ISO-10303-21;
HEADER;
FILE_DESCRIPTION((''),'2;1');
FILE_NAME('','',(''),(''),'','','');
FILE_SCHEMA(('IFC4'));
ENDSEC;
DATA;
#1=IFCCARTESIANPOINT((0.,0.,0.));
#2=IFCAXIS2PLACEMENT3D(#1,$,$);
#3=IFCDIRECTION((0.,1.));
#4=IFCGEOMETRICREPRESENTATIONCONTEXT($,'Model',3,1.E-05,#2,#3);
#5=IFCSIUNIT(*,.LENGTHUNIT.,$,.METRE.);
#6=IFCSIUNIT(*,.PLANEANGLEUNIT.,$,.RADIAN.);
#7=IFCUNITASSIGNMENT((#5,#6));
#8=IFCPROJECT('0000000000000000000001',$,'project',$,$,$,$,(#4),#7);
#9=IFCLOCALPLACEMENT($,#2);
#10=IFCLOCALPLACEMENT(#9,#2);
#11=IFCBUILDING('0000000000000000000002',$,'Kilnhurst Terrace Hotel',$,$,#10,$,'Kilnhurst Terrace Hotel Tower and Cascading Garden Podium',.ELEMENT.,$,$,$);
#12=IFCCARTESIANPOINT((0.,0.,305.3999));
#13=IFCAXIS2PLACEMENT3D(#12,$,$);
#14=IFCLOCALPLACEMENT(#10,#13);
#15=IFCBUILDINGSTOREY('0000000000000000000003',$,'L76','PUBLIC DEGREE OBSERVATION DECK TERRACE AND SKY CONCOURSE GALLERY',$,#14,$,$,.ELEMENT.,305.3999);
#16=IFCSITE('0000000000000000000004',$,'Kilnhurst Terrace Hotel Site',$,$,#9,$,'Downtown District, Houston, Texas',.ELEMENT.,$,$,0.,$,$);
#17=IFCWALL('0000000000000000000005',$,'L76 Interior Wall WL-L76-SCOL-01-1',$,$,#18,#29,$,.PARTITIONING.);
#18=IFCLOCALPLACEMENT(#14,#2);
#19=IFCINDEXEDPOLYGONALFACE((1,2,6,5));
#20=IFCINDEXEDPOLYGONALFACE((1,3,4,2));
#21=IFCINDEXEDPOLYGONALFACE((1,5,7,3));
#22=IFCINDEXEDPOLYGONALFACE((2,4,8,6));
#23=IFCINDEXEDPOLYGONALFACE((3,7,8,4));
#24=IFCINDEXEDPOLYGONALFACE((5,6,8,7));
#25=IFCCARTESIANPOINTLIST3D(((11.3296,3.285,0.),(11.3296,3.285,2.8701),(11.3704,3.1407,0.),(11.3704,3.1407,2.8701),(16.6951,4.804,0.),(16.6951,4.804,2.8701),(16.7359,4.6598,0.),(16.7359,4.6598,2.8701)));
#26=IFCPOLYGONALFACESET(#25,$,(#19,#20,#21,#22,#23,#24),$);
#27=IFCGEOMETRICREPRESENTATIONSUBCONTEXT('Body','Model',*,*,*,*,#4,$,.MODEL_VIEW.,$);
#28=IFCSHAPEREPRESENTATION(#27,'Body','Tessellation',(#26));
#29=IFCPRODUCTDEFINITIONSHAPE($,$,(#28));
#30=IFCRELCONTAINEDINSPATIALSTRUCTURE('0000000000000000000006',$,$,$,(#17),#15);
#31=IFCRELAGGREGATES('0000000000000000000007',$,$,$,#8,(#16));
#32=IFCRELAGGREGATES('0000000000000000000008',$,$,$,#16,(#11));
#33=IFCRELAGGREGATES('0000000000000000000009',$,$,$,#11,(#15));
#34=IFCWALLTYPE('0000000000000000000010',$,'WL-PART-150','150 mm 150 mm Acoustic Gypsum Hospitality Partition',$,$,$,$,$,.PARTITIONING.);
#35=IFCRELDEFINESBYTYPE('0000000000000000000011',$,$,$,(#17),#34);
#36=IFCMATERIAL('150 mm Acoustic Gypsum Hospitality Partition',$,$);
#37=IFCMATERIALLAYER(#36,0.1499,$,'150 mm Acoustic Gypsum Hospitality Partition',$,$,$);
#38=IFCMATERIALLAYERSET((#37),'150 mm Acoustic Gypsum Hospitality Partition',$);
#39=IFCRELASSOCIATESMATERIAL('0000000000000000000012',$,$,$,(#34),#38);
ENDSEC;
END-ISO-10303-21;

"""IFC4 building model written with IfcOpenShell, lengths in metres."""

from ifc_helpers import new_model, si_unit, direction, frame, frame_2d, origin, place, context, subcontext, project, spatial, rectangle, extrude, material, layer, layer_set, type_object, element, save


model = new_model("IFC4")

# Units and contexts
model_context = context("Model", 3, precision=1e-05, world=origin(), true_north=direction((0.0, 1.0)))
body_context = subcontext(model_context, "Body", "Model", "MODEL_VIEW")
ifc_project = project(units=[si_unit("LENGTHUNIT", "METRE"), si_unit("PLANEANGLEUNIT", "RADIAN")], contexts=[model_context])

# Site, building, storey
site_placement = place(None, origin())
site = spatial("IfcSite", under=ifc_project, at=site_placement, Name="Kilnhurst Terrace Hotel Site", LongName="Downtown District, Houston, Texas", CompositionType="ELEMENT", RefElevation=0.0)
building_placement = place(site_placement, origin())
building = spatial("IfcBuilding", under=site, at=building_placement, Name="Kilnhurst Terrace Hotel", LongName="Kilnhurst Terrace Hotel Tower and Cascading Garden Podium", CompositionType="ELEMENT")
storey_placement = place(building_placement, frame((0.0, 0.0, 305.3999)))
storey = spatial("IfcBuildingStorey", under=building, at=storey_placement, Name="L76", Description="PUBLIC DEGREE OBSERVATION DECK TERRACE AND SKY CONCOURSE GALLERY", CompositionType="ELEMENT", Elevation=305.3999)

# Wall
ifc_material_1 = material(Name="150 mm Acoustic Gypsum Hospitality Partition")
ifc_layer_1 = layer(ifc_material_1, 0.1499, Name="150 mm Acoustic Gypsum Hospitality Partition")
ifc_layer_set_1 = layer_set([ifc_layer_1], Name="150 mm Acoustic Gypsum Hospitality Partition")
wall_type_1 = type_object("IfcWallType", Name="WL-PART-150", Description="150 mm 150 mm Acoustic Gypsum Hospitality Partition", PredefinedType="PARTITIONING", material=ifc_layer_set_1)
wall_1_placement = place(storey_placement, frame((11.3501, 3.2129, 0.0), z_axis=(0.0, 0.0, 1.0), x_axis=(0.962182, 0.272407, 0.0)))
element("IfcWall", 1, at=wall_1_placement, inside=storey, type_object=wall_type_1, Name="L76 Interior Wall WL-L76-SCOL-01-1", PredefinedType="PARTITIONING", context=body_context, shape_type="SweptSolid", body=[
    extrude(rectangle(XDim=5.5764, YDim=0.1499, at=frame_2d((2.7881, 0.0))), origin(), (0.0, 0.0, 1.0), 2.8701),
])

save(model, "model.ifc")
